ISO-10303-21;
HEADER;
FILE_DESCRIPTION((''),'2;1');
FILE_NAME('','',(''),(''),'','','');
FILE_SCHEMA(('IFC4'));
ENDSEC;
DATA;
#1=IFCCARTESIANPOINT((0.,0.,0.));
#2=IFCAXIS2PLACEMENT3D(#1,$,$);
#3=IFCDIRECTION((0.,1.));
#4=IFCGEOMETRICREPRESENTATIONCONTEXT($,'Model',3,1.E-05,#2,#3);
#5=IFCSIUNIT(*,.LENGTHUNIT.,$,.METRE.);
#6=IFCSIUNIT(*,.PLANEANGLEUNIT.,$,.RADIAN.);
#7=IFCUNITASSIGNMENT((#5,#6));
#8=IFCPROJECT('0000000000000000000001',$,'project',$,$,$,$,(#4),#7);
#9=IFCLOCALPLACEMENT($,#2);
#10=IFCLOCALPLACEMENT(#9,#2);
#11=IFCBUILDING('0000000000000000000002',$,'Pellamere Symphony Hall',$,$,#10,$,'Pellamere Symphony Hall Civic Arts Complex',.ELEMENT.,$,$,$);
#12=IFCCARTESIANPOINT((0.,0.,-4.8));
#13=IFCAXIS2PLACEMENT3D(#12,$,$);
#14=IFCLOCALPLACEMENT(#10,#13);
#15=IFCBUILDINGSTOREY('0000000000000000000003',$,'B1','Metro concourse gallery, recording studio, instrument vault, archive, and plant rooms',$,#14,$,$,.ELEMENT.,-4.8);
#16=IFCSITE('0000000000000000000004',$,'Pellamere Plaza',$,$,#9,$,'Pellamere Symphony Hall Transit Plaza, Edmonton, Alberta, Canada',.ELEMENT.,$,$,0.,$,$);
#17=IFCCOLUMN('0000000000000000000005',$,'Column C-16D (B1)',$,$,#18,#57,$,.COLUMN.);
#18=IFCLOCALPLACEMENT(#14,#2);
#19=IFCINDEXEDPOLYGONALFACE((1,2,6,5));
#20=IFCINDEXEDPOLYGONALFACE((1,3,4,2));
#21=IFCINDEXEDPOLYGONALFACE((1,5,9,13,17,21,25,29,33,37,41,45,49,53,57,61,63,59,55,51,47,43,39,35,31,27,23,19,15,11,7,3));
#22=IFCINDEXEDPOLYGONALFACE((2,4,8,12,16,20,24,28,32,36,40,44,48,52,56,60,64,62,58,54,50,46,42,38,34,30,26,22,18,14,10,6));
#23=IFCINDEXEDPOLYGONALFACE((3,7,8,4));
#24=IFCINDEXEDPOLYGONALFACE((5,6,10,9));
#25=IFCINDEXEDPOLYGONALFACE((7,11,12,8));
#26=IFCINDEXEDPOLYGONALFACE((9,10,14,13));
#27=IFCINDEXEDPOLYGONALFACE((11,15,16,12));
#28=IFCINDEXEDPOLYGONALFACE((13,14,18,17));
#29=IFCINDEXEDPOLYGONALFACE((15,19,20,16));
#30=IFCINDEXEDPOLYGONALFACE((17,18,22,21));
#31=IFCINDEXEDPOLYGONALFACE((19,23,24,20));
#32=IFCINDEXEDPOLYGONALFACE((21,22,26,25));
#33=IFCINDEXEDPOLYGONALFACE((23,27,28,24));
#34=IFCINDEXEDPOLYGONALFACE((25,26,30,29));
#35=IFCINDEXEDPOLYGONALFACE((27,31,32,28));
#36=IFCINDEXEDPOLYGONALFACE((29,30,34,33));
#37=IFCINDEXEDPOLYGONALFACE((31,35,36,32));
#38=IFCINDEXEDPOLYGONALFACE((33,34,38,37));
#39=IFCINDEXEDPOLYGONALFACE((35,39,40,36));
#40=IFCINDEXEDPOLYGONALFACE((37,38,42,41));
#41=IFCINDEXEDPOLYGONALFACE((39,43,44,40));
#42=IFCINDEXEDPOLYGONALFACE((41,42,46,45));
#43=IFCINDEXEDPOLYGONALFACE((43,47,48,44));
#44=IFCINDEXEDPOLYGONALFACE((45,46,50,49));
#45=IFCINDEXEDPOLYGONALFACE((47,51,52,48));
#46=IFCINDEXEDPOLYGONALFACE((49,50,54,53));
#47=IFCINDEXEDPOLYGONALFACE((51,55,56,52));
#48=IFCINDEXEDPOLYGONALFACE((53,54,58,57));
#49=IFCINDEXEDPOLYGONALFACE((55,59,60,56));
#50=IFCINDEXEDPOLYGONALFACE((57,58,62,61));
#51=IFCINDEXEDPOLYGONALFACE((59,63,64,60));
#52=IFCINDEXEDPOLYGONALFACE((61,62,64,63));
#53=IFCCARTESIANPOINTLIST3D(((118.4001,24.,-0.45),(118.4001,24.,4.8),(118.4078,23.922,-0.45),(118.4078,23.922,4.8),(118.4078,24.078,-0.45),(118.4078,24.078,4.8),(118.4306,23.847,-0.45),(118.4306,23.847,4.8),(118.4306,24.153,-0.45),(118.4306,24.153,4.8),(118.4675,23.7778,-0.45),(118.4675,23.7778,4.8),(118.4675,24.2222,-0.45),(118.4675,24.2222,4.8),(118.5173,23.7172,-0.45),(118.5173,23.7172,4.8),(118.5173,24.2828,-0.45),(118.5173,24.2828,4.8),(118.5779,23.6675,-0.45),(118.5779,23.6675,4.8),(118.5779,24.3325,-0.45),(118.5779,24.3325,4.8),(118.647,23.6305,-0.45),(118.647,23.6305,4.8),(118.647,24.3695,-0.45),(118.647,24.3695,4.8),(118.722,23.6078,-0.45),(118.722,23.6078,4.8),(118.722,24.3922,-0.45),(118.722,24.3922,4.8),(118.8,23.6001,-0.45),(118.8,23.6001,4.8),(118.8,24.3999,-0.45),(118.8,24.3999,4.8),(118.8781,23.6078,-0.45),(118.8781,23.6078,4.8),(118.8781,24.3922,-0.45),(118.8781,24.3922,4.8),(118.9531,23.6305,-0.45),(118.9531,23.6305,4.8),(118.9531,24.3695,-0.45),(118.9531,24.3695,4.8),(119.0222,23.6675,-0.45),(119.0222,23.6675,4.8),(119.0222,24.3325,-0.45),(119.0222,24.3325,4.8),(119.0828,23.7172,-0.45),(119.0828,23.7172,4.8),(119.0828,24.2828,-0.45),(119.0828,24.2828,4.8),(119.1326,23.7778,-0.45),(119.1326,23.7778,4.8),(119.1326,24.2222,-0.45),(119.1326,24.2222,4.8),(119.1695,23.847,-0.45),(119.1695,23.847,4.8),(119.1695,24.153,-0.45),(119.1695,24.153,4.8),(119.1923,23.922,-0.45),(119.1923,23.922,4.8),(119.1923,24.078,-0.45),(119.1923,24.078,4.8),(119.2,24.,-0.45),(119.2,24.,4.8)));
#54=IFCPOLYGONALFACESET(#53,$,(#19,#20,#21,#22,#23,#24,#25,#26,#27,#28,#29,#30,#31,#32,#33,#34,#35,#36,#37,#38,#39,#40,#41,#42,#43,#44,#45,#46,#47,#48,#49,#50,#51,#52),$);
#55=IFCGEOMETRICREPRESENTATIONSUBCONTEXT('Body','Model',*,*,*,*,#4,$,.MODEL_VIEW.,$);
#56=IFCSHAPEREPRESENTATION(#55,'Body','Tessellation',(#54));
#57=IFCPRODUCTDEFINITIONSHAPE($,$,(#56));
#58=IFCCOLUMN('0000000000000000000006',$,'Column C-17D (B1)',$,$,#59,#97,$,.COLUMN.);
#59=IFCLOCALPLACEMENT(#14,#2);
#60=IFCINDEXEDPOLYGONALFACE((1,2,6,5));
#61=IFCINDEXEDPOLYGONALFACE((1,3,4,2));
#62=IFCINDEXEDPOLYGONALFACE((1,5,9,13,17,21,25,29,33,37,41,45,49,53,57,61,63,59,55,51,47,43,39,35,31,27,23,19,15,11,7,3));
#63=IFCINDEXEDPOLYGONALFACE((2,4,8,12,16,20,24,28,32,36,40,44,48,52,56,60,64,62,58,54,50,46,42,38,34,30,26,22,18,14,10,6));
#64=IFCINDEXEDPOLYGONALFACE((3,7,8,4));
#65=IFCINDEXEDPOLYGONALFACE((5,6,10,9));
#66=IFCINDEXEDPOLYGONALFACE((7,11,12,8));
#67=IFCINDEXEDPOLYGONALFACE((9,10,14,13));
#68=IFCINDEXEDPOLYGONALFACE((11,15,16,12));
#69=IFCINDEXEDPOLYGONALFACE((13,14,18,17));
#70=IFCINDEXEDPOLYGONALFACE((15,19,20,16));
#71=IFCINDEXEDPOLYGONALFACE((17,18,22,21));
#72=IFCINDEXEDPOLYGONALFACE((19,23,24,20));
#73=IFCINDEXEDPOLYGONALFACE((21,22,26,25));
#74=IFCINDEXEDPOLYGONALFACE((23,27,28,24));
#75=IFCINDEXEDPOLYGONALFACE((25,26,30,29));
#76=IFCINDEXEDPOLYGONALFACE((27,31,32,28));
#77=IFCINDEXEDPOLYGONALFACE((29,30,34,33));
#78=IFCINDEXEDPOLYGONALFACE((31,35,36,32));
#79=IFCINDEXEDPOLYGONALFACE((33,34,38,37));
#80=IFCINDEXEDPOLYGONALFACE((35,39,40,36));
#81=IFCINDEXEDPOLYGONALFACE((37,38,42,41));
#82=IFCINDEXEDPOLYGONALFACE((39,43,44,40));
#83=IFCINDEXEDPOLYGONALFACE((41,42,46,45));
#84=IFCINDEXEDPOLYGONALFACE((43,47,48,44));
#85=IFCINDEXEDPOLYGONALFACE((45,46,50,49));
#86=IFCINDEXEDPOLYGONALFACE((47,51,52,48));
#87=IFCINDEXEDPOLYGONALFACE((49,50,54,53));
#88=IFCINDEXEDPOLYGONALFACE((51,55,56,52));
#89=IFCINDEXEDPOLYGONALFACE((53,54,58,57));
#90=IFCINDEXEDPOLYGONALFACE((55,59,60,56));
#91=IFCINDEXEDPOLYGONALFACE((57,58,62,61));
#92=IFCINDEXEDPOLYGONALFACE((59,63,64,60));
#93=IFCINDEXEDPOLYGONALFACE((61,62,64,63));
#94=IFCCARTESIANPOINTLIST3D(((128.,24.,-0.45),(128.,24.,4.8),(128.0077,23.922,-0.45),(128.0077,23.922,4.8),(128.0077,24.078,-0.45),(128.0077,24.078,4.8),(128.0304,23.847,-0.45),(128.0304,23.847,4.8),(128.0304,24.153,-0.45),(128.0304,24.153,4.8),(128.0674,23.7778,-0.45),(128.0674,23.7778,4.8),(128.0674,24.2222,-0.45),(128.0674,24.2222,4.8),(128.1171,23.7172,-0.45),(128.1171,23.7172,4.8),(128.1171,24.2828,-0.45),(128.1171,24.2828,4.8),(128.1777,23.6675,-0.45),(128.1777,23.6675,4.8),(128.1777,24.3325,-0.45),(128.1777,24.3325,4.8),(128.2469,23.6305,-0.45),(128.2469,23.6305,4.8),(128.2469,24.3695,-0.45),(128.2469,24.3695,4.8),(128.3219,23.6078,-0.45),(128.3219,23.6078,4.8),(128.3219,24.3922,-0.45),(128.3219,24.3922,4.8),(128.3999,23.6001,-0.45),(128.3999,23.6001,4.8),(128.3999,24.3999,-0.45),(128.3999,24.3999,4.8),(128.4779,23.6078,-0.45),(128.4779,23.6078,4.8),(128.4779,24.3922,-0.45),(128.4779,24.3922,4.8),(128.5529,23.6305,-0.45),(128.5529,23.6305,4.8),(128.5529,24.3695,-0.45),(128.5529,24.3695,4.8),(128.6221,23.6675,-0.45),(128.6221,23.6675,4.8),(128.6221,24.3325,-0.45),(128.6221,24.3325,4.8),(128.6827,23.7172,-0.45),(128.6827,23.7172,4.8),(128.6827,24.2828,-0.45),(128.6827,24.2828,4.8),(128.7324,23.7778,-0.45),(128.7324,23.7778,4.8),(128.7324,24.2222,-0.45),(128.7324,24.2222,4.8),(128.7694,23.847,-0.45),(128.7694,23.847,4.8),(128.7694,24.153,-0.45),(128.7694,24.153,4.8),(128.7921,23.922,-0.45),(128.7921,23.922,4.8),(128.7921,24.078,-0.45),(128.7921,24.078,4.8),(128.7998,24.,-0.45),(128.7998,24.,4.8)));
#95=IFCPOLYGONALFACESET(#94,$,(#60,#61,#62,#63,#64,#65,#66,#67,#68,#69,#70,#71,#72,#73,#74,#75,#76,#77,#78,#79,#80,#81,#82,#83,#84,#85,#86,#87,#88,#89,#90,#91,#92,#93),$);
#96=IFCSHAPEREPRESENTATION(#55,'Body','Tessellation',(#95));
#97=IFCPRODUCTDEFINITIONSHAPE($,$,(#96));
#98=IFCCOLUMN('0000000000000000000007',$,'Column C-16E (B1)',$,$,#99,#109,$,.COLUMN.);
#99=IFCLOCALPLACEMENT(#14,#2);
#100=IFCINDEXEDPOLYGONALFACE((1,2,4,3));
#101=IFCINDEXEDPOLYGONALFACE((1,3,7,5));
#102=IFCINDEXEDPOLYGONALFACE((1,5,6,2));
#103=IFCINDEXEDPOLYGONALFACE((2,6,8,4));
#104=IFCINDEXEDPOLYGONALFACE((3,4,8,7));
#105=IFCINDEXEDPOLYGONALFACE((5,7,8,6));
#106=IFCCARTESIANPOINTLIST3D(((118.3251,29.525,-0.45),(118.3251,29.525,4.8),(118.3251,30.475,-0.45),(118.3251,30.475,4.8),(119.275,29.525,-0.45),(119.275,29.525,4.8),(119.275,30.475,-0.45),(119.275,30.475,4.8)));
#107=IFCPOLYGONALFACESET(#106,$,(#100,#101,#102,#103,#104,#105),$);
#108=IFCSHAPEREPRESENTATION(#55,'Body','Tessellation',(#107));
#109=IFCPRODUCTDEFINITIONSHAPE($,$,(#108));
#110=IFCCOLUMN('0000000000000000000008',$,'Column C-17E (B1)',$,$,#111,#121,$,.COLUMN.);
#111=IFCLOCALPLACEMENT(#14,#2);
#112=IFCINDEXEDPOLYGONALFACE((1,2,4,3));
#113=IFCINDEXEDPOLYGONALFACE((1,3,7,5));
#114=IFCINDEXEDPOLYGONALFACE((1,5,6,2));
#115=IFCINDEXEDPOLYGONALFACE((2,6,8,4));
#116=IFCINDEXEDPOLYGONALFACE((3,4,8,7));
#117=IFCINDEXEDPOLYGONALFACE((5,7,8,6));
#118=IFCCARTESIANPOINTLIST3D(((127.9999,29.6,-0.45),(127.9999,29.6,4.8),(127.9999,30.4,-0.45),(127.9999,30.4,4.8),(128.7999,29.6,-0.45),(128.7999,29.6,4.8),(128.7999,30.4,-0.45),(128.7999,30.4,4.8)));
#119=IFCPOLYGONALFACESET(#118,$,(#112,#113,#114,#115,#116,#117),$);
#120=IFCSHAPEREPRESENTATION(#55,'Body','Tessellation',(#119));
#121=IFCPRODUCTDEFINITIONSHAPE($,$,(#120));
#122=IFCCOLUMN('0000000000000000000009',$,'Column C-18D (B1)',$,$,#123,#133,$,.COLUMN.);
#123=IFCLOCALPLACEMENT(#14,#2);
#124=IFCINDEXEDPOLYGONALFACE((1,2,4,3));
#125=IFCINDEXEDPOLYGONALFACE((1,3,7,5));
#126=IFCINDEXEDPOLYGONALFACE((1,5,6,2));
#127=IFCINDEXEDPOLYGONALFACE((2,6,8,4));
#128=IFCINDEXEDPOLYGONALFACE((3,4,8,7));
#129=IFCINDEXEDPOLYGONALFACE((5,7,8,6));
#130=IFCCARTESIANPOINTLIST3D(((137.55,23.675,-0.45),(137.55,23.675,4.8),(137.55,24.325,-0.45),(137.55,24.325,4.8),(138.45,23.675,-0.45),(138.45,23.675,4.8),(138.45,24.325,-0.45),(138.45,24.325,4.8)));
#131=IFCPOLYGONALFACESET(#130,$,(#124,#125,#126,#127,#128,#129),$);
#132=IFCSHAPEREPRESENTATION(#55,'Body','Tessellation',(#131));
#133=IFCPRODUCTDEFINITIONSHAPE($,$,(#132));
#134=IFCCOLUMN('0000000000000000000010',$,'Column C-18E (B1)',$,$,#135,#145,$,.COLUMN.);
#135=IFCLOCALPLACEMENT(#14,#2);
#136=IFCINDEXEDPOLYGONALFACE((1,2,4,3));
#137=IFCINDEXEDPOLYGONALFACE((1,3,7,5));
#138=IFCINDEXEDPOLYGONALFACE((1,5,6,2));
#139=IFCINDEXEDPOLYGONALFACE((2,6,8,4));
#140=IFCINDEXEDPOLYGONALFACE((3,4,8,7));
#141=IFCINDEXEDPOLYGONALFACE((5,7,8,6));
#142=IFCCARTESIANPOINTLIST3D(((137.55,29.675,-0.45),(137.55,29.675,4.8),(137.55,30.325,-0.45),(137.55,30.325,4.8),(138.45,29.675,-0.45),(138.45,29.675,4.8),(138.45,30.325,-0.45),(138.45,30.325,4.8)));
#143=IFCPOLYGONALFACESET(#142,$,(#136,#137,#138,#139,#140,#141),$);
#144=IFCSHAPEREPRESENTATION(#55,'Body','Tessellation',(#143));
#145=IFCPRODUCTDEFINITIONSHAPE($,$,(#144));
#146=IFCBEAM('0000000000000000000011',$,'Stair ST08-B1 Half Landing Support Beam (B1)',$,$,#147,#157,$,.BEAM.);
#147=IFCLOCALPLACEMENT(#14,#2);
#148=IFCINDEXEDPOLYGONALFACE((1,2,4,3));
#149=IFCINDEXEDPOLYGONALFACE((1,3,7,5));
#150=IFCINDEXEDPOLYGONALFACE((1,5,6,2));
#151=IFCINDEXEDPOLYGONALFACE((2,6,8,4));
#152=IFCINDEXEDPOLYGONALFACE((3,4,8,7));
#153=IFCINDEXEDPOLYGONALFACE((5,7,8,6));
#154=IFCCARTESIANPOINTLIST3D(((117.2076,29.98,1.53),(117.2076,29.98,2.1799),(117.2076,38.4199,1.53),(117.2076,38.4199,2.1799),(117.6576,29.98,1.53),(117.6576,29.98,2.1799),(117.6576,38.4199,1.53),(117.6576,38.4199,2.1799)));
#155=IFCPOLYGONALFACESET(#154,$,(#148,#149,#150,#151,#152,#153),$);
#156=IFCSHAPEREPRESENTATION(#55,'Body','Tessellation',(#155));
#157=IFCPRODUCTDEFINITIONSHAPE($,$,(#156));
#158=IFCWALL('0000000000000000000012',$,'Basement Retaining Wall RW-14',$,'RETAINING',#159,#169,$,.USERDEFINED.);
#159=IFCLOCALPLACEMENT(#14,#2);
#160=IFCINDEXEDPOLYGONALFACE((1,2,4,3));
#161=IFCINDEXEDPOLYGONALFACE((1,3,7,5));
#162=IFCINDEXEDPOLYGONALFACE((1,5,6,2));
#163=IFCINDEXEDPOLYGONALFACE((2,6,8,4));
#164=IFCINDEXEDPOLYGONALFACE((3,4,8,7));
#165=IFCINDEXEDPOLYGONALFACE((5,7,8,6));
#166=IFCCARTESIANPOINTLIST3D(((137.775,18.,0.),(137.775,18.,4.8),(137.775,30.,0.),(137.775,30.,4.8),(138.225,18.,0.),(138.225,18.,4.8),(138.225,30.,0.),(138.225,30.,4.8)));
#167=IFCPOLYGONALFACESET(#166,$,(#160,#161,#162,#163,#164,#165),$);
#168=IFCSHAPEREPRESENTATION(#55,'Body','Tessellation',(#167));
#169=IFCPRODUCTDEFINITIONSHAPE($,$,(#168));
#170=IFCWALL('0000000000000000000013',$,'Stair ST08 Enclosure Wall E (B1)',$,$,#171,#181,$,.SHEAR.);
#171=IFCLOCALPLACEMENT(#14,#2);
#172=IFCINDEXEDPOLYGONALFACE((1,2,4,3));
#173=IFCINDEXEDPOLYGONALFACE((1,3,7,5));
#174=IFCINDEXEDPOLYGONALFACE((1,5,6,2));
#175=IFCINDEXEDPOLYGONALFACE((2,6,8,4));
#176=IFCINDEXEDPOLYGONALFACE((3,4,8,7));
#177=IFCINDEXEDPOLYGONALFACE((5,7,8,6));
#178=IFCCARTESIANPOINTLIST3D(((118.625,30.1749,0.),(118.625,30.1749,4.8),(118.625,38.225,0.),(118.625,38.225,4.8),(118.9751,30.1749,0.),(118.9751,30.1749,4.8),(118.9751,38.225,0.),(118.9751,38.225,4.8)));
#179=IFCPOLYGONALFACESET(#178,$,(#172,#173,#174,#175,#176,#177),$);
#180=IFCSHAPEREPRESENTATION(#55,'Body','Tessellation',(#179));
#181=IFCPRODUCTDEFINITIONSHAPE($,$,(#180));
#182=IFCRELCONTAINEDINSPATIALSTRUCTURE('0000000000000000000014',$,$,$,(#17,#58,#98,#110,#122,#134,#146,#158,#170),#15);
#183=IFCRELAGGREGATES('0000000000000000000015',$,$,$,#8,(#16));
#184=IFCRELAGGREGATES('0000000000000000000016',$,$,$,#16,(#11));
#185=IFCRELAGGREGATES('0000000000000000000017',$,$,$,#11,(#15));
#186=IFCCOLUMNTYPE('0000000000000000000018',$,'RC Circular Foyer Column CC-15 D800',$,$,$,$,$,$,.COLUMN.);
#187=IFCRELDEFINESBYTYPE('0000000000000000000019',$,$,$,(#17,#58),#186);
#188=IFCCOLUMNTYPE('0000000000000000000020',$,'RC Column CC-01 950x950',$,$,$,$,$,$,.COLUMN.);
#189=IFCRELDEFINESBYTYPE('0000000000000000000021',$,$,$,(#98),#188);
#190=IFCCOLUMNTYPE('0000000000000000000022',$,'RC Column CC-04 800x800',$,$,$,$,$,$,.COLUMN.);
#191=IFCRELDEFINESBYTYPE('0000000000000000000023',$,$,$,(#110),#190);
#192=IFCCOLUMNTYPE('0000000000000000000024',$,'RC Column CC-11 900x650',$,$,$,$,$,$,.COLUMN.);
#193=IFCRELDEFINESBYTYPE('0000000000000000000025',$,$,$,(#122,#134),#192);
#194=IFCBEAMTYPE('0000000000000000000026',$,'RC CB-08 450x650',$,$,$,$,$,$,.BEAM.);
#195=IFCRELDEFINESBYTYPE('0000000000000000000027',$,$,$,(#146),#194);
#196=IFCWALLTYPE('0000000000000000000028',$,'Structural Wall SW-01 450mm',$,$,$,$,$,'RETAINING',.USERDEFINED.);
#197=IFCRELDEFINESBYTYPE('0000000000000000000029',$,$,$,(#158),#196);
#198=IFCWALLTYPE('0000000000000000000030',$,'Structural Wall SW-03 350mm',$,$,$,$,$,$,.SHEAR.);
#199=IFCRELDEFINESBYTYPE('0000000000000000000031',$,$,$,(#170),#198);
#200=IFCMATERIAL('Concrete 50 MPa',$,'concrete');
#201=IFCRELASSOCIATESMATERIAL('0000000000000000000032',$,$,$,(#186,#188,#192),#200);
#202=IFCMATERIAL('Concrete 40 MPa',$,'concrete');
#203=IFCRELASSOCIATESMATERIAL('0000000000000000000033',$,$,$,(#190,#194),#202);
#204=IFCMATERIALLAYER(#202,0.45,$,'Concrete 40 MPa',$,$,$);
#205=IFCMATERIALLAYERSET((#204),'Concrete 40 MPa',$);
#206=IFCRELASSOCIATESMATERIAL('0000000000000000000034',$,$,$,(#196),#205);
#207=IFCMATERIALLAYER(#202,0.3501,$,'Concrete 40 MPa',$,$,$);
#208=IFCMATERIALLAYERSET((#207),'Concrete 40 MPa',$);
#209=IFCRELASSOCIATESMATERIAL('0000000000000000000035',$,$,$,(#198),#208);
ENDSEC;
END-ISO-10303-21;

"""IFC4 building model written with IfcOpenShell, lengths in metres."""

from ifc_helpers import new_model, si_unit, direction, frame, frame_2d, origin, origin_2d, place, context, subcontext, project, spatial, rectangle, circle, extrude, material, layer, layer_set, material_profile, profile_set, type_object, element, save


model = new_model("IFC4")

# Units and contexts
model_context = context("Model", 3, precision=1e-05, world=origin(), true_north=direction((0.0, 1.0)))
body_context = subcontext(model_context, "Body", "Model", "MODEL_VIEW")
ifc_project = project(units=[si_unit("LENGTHUNIT", "METRE"), si_unit("PLANEANGLEUNIT", "RADIAN")], contexts=[model_context])

# Site, building, storey
site_placement = place(None, origin())
site = spatial("IfcSite", under=ifc_project, at=site_placement, Name="Pellamere Plaza", LongName="Pellamere Symphony Hall Transit Plaza, Edmonton, Alberta, Canada", CompositionType="ELEMENT", RefElevation=0.0)
building_placement = place(site_placement, origin())
building = spatial("IfcBuilding", under=site, at=building_placement, Name="Pellamere Symphony Hall", LongName="Pellamere Symphony Hall Civic Arts Complex", CompositionType="ELEMENT")
storey_placement = place(building_placement, frame((0.0, 0.0, -4.8)))
storey = spatial("IfcBuildingStorey", under=building, at=storey_placement, Name="B1", Description="Metro concourse gallery, recording studio, instrument vault, archive, and plant rooms", CompositionType="ELEMENT", Elevation=-4.8)

# Shared definitions
ifc_material_1 = material(Name="Concrete 40 MPa", Category="concrete")

# Columns
ifc_material_2 = material(Name="Concrete 50 MPa", Category="concrete")
ifc_material_profile_1 = material_profile(ifc_material_2, circle(Radius=0.3999, at=origin_2d()), Name="RCCOL D800")
ifc_profile_set_1 = profile_set([ifc_material_profile_1], Name="Concrete 50 MPa")
column_type_1 = type_object("IfcColumnType", Name="RC Circular Foyer Column CC-15 D800", PredefinedType="COLUMN", material=ifc_profile_set_1)
for number, where, z_axis, x_axis, name in (
    (1, (118.8, 24.0, -0.45), (0.0, 0.0, 1.0), (1.0, 0.0, 0.0), "Column C-16D (B1)"),
    (2, (128.3999, 24.0, -0.45), (0.0, 0.0, 1.0), (1.0, 0.0, 0.0), "Column C-17D (B1)"),
):
    element("IfcColumn", number, at=place(storey_placement, frame(where, z_axis=z_axis, x_axis=x_axis)), inside=storey, type_object=column_type_1, Name=name, PredefinedType="COLUMN", context=body_context, shape_type="SweptSolid", body=[
        extrude(circle(Radius=0.3999, at=origin_2d()), origin(), (0.0, 0.0, 1.0), 5.25),
    ])
ifc_material_profile_2 = material_profile(ifc_material_2, rectangle(XDim=0.95, YDim=0.95, at=origin_2d()), Name="RC 950x950")
ifc_profile_set_2 = profile_set([ifc_material_profile_2], Name="Concrete 50 MPa")
column_type_2 = type_object("IfcColumnType", Name="RC Column CC-01 950x950", PredefinedType="COLUMN", material=ifc_profile_set_2)
column_1_placement = place(storey_placement, frame((118.8, 30.0, -0.45), z_axis=(0.0, 0.0, 1.0), x_axis=(1.0, 0.0, 0.0)))
element("IfcColumn", 3, at=column_1_placement, inside=storey, type_object=column_type_2, Name="Column C-16E (B1)", PredefinedType="COLUMN", context=body_context, shape_type="SweptSolid", body=[
    extrude(rectangle(XDim=0.95, YDim=0.95, at=origin_2d()), origin(), (0.0, 0.0, 1.0), 5.25),
])
ifc_material_profile_3 = material_profile(ifc_material_1, rectangle(XDim=0.8, YDim=0.8, at=origin_2d()), Name="RC 800x800")
ifc_profile_set_3 = profile_set([ifc_material_profile_3], Name="Concrete 40 MPa")
column_type_3 = type_object("IfcColumnType", Name="RC Column CC-04 800x800", PredefinedType="COLUMN", material=ifc_profile_set_3)
column_2_placement = place(storey_placement, frame((128.3999, 30.0, -0.45), z_axis=(0.0, 0.0, 1.0), x_axis=(1.0, 0.0, 0.0)))
element("IfcColumn", 4, at=column_2_placement, inside=storey, type_object=column_type_3, Name="Column C-17E (B1)", PredefinedType="COLUMN", context=body_context, shape_type="SweptSolid", body=[
    extrude(rectangle(XDim=0.8, YDim=0.8, at=origin_2d()), origin(), (0.0, 0.0, 1.0), 5.25),
])
ifc_material_profile_4 = material_profile(ifc_material_2, rectangle(XDim=0.8999, YDim=0.6499, at=origin_2d()), Name="RC 900x650")
ifc_profile_set_4 = profile_set([ifc_material_profile_4], Name="Concrete 50 MPa")
column_type_4 = type_object("IfcColumnType", Name="RC Column CC-11 900x650", PredefinedType="COLUMN", material=ifc_profile_set_4)
for number, where, z_axis, x_axis, name in (
    (5, (138.0, 24.0, -0.45), (0.0, 0.0, 1.0), (1.0, 0.0, 0.0), "Column C-18D (B1)"),
    (6, (138.0, 30.0, -0.45), (0.0, 0.0, 1.0), (1.0, 0.0, 0.0), "Column C-18E (B1)"),
):
    element("IfcColumn", number, at=place(storey_placement, frame(where, z_axis=z_axis, x_axis=x_axis)), inside=storey, type_object=column_type_4, Name=name, PredefinedType="COLUMN", context=body_context, shape_type="SweptSolid", body=[
        extrude(rectangle(XDim=0.8999, YDim=0.6499, at=origin_2d()), origin(), (0.0, 0.0, 1.0), 5.25),
    ])

# Beam
ifc_material_profile_5 = material_profile(ifc_material_1, rectangle(XDim=0.45, YDim=0.6499, at=origin_2d()), Name="RC 450x650")
ifc_profile_set_5 = profile_set([ifc_material_profile_5], Name="Concrete 40 MPa")
beam_type = type_object("IfcBeamType", Name="RC CB-08 450x650", PredefinedType="BEAM", material=ifc_profile_set_5)
beam_placement = place(storey_placement, frame((117.4326, 29.98, 1.855), z_axis=(0.0, 1.0, 0.0), x_axis=(-1.0, 0.0, 0.0)))
element("IfcBeam", 7, at=beam_placement, inside=storey, type_object=beam_type, Name="Stair ST08-B1 Half Landing Support Beam (B1)", PredefinedType="BEAM", context=body_context, shape_type="SweptSolid", body=[
    extrude(rectangle(XDim=0.45, YDim=0.6499, at=origin_2d()), origin(), (0.0, 0.0, 1.0), 8.4399),
])

# Walls
ifc_layer_1 = layer(ifc_material_1, 0.45, Name="Concrete 40 MPa")
ifc_layer_set_1 = layer_set([ifc_layer_1], Name="Concrete 40 MPa")
wall_type_1 = type_object("IfcWallType", Name="Structural Wall SW-01 450mm", ElementType="RETAINING", PredefinedType="USERDEFINED", material=ifc_layer_set_1)
wall_1_placement = place(storey_placement, frame((138.0, 30.0, 0.0), z_axis=(0.0, 0.0, 1.0), x_axis=(0.0, -1.0, 0.0)))
element("IfcWall", 8, at=wall_1_placement, inside=storey, type_object=wall_type_1, Name="Basement Retaining Wall RW-14", ObjectType="RETAINING", PredefinedType="USERDEFINED", context=body_context, shape_type="SweptSolid", body=[
    extrude(rectangle(XDim=12.0, YDim=0.45, at=frame_2d((6.0, 0.0))), origin(), (0.0, 0.0, 1.0), 4.8),
])
ifc_layer_2 = layer(ifc_material_1, 0.3501, Name="Concrete 40 MPa")
ifc_layer_set_2 = layer_set([ifc_layer_2], Name="Concrete 40 MPa")
wall_type_2 = type_object("IfcWallType", Name="Structural Wall SW-03 350mm", PredefinedType="SHEAR", material=ifc_layer_set_2)
wall_2_placement = place(storey_placement, frame((118.8, 30.175, 0.0), z_axis=(0.0, 0.0, 1.0), x_axis=(0.0, 1.0, 0.0)))
element("IfcWall", 9, at=wall_2_placement, inside=storey, type_object=wall_type_2, Name="Stair ST08 Enclosure Wall E (B1)", PredefinedType="SHEAR", context=body_context, shape_type="SweptSolid", body=[
    extrude(rectangle(XDim=8.05, YDim=0.3501, at=frame_2d((4.0249, 0.0))), origin(), (0.0, 0.0, 1.0), 4.8),
])

save(model, "model.ifc")
